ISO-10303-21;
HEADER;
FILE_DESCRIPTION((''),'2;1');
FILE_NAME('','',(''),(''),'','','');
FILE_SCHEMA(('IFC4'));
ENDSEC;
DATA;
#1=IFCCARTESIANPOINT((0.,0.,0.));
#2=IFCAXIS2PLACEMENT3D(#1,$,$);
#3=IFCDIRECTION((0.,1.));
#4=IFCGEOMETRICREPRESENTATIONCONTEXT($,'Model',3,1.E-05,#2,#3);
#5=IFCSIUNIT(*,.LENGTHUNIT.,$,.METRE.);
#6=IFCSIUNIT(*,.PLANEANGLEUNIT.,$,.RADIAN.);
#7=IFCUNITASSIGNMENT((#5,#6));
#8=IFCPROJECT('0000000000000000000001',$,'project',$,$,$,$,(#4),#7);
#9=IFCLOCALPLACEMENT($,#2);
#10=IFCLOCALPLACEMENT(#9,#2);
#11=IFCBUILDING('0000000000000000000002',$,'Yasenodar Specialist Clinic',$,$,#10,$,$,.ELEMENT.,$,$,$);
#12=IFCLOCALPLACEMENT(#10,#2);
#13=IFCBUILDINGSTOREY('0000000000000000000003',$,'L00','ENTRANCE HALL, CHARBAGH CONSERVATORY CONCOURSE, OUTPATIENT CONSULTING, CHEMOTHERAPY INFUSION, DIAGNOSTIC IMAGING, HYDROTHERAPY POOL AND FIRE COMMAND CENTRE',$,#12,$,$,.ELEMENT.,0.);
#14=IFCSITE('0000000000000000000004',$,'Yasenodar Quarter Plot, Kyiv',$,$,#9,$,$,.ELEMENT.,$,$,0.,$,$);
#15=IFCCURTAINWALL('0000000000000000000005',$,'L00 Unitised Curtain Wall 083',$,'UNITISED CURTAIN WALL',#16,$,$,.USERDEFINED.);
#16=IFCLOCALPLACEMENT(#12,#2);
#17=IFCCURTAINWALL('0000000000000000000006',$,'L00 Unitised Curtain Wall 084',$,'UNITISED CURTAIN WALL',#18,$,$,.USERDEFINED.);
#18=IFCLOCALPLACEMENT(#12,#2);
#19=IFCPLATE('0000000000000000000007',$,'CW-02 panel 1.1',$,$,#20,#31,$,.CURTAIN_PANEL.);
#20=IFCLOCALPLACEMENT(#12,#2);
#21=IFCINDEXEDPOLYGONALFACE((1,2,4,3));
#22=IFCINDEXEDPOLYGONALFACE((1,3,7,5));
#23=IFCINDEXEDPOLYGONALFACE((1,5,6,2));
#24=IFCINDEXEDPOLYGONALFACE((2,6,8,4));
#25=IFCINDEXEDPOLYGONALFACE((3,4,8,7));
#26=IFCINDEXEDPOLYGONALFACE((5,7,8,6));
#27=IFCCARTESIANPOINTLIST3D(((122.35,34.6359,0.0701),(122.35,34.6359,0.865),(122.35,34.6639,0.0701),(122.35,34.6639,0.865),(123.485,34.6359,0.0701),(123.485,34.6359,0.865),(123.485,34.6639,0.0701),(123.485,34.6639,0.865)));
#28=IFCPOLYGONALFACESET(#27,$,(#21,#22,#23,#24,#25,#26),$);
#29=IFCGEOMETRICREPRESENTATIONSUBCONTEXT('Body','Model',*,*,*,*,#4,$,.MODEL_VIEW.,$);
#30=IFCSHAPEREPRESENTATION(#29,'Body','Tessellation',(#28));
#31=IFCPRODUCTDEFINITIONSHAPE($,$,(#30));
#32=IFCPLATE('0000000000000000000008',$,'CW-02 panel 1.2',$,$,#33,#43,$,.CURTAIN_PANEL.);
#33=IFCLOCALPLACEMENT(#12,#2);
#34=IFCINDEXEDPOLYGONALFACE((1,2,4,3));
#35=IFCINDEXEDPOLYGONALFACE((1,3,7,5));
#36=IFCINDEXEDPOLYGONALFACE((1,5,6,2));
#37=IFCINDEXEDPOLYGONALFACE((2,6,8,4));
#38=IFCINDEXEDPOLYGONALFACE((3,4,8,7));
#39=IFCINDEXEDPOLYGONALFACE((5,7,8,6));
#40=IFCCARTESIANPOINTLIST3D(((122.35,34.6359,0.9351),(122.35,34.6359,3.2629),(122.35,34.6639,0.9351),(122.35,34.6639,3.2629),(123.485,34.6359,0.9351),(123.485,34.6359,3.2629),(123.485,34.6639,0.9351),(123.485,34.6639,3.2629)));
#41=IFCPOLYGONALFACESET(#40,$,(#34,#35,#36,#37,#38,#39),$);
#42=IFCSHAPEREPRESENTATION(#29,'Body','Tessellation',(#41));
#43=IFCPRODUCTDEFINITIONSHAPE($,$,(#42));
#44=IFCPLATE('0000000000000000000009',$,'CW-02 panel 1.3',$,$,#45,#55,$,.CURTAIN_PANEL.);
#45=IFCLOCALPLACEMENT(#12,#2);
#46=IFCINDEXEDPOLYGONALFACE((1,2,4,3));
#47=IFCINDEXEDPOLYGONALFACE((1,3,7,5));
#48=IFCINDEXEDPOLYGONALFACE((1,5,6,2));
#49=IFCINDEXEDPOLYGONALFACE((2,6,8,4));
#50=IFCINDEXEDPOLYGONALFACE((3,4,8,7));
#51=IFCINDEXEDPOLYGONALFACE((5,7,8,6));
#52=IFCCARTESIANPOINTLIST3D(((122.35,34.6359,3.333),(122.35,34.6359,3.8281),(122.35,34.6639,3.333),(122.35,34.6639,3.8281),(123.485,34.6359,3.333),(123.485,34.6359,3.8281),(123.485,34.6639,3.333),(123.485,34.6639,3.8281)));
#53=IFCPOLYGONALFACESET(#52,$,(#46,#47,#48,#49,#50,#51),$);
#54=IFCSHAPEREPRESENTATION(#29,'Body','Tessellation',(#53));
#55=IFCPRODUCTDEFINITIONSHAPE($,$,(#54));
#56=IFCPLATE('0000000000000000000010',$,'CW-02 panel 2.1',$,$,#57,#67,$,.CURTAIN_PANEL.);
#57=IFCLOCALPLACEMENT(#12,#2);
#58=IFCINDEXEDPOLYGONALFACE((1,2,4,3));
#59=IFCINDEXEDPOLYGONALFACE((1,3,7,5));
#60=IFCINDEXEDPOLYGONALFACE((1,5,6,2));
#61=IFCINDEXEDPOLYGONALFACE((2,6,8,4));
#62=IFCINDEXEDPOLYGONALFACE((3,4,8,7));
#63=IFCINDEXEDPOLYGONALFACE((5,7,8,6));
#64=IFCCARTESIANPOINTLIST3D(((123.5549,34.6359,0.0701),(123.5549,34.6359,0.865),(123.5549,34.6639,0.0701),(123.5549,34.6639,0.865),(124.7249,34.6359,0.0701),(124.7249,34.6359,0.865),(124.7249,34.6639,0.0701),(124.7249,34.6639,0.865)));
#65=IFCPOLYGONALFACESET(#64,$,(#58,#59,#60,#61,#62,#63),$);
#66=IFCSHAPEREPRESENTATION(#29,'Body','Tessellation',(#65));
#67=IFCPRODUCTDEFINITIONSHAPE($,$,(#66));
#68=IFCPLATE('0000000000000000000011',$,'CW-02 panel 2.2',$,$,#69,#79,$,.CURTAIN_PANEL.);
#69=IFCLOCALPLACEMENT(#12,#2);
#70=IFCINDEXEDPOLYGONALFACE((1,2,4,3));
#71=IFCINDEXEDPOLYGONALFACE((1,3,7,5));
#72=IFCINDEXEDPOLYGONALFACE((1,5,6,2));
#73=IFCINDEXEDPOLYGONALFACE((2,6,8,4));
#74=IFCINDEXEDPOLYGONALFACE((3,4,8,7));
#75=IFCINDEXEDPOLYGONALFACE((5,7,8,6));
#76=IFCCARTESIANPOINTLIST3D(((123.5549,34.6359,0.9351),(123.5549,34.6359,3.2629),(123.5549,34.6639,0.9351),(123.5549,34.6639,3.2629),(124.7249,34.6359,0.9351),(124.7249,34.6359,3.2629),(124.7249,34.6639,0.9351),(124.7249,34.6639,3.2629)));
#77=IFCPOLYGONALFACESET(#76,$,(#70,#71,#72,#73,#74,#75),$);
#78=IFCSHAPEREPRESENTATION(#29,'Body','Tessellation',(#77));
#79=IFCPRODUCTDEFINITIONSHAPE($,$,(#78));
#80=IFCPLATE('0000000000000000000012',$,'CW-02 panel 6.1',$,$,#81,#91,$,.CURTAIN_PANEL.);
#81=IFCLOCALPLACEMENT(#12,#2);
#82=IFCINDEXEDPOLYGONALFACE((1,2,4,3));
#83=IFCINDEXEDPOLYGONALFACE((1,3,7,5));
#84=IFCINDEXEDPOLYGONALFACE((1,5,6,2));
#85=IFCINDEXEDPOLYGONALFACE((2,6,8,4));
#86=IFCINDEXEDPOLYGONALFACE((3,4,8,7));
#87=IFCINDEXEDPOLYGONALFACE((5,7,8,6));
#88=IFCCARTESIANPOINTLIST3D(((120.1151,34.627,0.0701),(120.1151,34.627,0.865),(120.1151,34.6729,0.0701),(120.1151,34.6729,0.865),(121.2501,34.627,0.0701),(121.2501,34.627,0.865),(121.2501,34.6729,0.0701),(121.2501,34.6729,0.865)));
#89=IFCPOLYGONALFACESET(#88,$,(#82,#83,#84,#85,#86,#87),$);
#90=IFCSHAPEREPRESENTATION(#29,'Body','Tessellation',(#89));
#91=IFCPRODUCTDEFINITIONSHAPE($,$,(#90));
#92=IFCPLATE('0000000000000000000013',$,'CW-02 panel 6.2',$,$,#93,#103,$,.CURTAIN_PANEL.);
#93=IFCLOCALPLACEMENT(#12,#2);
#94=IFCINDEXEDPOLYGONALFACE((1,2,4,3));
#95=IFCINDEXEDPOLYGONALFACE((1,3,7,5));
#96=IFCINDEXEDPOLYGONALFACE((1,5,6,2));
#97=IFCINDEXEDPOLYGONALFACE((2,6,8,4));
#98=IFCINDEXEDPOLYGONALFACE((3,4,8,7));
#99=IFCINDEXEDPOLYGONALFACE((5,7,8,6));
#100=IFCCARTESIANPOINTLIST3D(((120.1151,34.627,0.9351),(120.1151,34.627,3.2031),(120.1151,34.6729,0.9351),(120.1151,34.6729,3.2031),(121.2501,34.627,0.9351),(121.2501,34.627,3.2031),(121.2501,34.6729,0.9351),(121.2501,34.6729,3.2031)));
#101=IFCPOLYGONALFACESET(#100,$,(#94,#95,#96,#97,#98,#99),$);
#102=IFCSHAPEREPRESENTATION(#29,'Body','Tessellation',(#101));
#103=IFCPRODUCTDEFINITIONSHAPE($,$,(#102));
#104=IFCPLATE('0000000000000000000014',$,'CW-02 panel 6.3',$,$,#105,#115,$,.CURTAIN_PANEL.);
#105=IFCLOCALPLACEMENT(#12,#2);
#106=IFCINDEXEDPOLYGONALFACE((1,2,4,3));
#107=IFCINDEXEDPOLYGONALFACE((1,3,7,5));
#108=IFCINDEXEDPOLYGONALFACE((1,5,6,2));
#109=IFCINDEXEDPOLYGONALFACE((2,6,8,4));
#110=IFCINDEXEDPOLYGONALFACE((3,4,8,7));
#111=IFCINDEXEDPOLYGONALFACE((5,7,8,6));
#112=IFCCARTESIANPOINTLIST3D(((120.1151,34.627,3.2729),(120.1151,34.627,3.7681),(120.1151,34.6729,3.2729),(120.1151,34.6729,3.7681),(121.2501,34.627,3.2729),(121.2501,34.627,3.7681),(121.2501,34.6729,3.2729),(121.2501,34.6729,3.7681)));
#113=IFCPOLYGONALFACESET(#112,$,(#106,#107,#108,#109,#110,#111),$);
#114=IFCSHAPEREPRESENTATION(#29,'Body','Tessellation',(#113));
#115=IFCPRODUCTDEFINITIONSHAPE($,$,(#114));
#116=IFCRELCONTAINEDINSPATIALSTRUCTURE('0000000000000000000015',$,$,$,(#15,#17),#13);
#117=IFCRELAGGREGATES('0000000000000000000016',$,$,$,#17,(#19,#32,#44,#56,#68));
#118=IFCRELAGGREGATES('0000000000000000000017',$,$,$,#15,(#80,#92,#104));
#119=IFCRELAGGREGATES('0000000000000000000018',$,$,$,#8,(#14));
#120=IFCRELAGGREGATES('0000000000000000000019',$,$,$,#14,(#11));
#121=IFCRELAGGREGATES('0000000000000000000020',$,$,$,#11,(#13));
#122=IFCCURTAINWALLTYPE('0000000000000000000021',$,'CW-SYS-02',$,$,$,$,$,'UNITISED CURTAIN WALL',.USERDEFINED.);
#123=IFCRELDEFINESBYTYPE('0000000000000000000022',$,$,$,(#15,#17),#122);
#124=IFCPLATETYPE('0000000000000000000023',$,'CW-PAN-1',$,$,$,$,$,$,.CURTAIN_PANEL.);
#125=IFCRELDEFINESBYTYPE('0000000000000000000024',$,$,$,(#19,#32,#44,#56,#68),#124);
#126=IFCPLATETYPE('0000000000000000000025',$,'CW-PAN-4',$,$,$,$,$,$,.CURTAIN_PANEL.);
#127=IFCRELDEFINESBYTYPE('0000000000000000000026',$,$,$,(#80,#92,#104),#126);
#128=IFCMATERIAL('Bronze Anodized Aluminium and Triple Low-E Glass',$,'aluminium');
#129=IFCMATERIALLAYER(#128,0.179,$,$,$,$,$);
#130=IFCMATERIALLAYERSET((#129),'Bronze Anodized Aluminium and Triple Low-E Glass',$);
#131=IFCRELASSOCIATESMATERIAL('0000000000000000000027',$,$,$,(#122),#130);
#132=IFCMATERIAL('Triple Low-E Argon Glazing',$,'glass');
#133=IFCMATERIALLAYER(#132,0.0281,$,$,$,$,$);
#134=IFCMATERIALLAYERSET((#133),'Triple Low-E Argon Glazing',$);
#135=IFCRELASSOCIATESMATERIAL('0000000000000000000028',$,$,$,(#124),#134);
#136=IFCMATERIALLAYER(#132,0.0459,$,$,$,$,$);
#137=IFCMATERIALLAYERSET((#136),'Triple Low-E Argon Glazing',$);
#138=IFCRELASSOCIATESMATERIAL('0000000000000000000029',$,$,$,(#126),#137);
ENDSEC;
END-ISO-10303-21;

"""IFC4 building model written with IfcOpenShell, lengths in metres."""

from ifc_helpers import new_model, si_unit, direction, frame, origin, origin_2d, place, context, subcontext, project, spatial, rectangle, extrude, material, layer, layer_set, type_object, element, aggregate, save


model = new_model("IFC4")

# Units and contexts
model_context = context("Model", 3, precision=1e-05, world=origin(), true_north=direction((0.0, 1.0)))
body_context = subcontext(model_context, "Body", "Model", "MODEL_VIEW")
ifc_project = project(units=[si_unit("LENGTHUNIT", "METRE"), si_unit("PLANEANGLEUNIT", "RADIAN")], contexts=[model_context])

# Site, building, storey
site_placement = place(None, origin())
site = spatial("IfcSite", under=ifc_project, at=site_placement, Name="Yasenodar Quarter Plot, Kyiv", CompositionType="ELEMENT", RefElevation=0.0)
building_placement = place(site_placement, origin())
building = spatial("IfcBuilding", under=site, at=building_placement, Name="Yasenodar Specialist Clinic", CompositionType="ELEMENT")
storey_placement = place(building_placement, origin())
storey = spatial("IfcBuildingStorey", under=building, at=storey_placement, Name="L00", Description="ENTRANCE HALL, CHARBAGH CONSERVATORY CONCOURSE, OUTPATIENT CONSULTING, CHEMOTHERAPY INFUSION, DIAGNOSTIC IMAGING, HYDROTHERAPY POOL AND FIRE COMMAND CENTRE", CompositionType="ELEMENT", Elevation=0.0)

# Curtain wall
ifc_material_1 = material(Name="Bronze Anodized Aluminium and Triple Low-E Glass", Category="aluminium")
ifc_layer_1 = layer(ifc_material_1, 0.179)
ifc_layer_set_1 = layer_set([ifc_layer_1], Name="Bronze Anodized Aluminium and Triple Low-E Glass")
curtain_wall_type = type_object("IfcCurtainWallType", Name="CW-SYS-02", ElementType="UNITISED CURTAIN WALL", PredefinedType="USERDEFINED", material=ifc_layer_set_1)
curtain_wall_1_placement = place(storey_placement, origin())
curtain_wall_1 = element("IfcCurtainWall", 1, at=curtain_wall_1_placement, inside=storey, type_object=curtain_wall_type, Name="L00 Unitised Curtain Wall 083", ObjectType="UNITISED CURTAIN WALL", PredefinedType="USERDEFINED")

# Curtain wall
curtain_wall_2_placement = place(storey_placement, origin())
curtain_wall_2 = element("IfcCurtainWall", 2, at=curtain_wall_2_placement, inside=storey, type_object=curtain_wall_type, Name="L00 Unitised Curtain Wall 084", ObjectType="UNITISED CURTAIN WALL", PredefinedType="USERDEFINED")

# Plates
ifc_material_2 = material(Name="Triple Low-E Argon Glazing", Category="glass")
ifc_layer_2 = layer(ifc_material_2, 0.0281)
ifc_layer_set_2 = layer_set([ifc_layer_2], Name="Triple Low-E Argon Glazing")
plate_type_1 = type_object("IfcPlateType", Name="CW-PAN-1", PredefinedType="CURTAIN_PANEL", material=ifc_layer_set_2)
plate_1_placement = place(storey_placement, frame((122.9175, 34.6499, 0.0701), z_axis=(0.0, 0.0, 1.0), x_axis=(1.0, 0.0, 0.0)))
plate_1 = element("IfcPlate", 3, at=plate_1_placement, type_object=plate_type_1, Name="CW-02 panel 1.1", PredefinedType="CURTAIN_PANEL", context=body_context, shape_type="SweptSolid", body=[
    extrude(rectangle(XDim=1.135, YDim=0.0281, at=origin_2d()), origin(), (0.0, 0.0, 1.0), 0.7949),
])
plate_2_placement = place(storey_placement, frame((122.9175, 34.6499, 0.9351), z_axis=(0.0, 0.0, 1.0), x_axis=(1.0, 0.0, 0.0)))
plate_2 = element("IfcPlate", 4, at=plate_2_placement, type_object=plate_type_1, Name="CW-02 panel 1.2", PredefinedType="CURTAIN_PANEL", context=body_context, shape_type="SweptSolid", body=[
    extrude(rectangle(XDim=1.135, YDim=0.0281, at=origin_2d()), origin(), (0.0, 0.0, 1.0), 2.3279),
])
plate_3_placement = place(storey_placement, frame((122.9175, 34.6499, 3.333), z_axis=(0.0, 0.0, 1.0), x_axis=(1.0, 0.0, 0.0)))
plate_3 = element("IfcPlate", 5, at=plate_3_placement, type_object=plate_type_1, Name="CW-02 panel 1.3", PredefinedType="CURTAIN_PANEL", context=body_context, shape_type="SweptSolid", body=[
    extrude(rectangle(XDim=1.135, YDim=0.0281, at=origin_2d()), origin(), (0.0, 0.0, 1.0), 0.4951),
])
plate_4_placement = place(storey_placement, frame((124.1399, 34.6499, 0.0701), z_axis=(0.0, 0.0, 1.0), x_axis=(1.0, 0.0, 0.0)))
plate_4 = element("IfcPlate", 6, at=plate_4_placement, type_object=plate_type_1, Name="CW-02 panel 2.1", PredefinedType="CURTAIN_PANEL", context=body_context, shape_type="SweptSolid", body=[
    extrude(rectangle(XDim=1.1699, YDim=0.0281, at=origin_2d()), origin(), (0.0, 0.0, 1.0), 0.7949),
])
plate_5_placement = place(storey_placement, frame((124.1399, 34.6499, 0.9351), z_axis=(0.0, 0.0, 1.0), x_axis=(1.0, 0.0, 0.0)))
plate_5 = element("IfcPlate", 7, at=plate_5_placement, type_object=plate_type_1, Name="CW-02 panel 2.2", PredefinedType="CURTAIN_PANEL", context=body_context, shape_type="SweptSolid", body=[
    extrude(rectangle(XDim=1.1699, YDim=0.0281, at=origin_2d()), origin(), (0.0, 0.0, 1.0), 2.3279),
])
aggregate(curtain_wall_2, [plate_1, plate_2, plate_3, plate_4, plate_5])
ifc_layer_3 = layer(ifc_material_2, 0.0459)
ifc_layer_set_3 = layer_set([ifc_layer_3], Name="Triple Low-E Argon Glazing")
plate_type_2 = type_object("IfcPlateType", Name="CW-PAN-4", PredefinedType="CURTAIN_PANEL", material=ifc_layer_set_3)
plate_6_placement = place(storey_placement, frame((120.6826, 34.6499, 0.0701), z_axis=(0.0, 0.0, 1.0), x_axis=(1.0, 0.0, 0.0)))
plate_6 = element("IfcPlate", 8, at=plate_6_placement, type_object=plate_type_2, Name="CW-02 panel 6.1", PredefinedType="CURTAIN_PANEL", context=body_context, shape_type="SweptSolid", body=[
    extrude(rectangle(XDim=1.135, YDim=0.0459, at=origin_2d()), origin(), (0.0, 0.0, 1.0), 0.7949),
])
plate_7_placement = place(storey_placement, frame((120.6826, 34.6499, 0.9351), z_axis=(0.0, 0.0, 1.0), x_axis=(1.0, 0.0, 0.0)))
plate_7 = element("IfcPlate", 9, at=plate_7_placement, type_object=plate_type_2, Name="CW-02 panel 6.2", PredefinedType="CURTAIN_PANEL", context=body_context, shape_type="SweptSolid", body=[
    extrude(rectangle(XDim=1.135, YDim=0.0459, at=origin_2d()), origin(), (0.0, 0.0, 1.0), 2.2681),
])
plate_8_placement = place(storey_placement, frame((120.6826, 34.6499, 3.2729), z_axis=(0.0, 0.0, 1.0), x_axis=(1.0, 0.0, 0.0)))
plate_8 = element("IfcPlate", 10, at=plate_8_placement, type_object=plate_type_2, Name="CW-02 panel 6.3", PredefinedType="CURTAIN_PANEL", context=body_context, shape_type="SweptSolid", body=[
    extrude(rectangle(XDim=1.135, YDim=0.0459, at=origin_2d()), origin(), (0.0, 0.0, 1.0), 0.4951),
])
aggregate(curtain_wall_1, [plate_6, plate_7, plate_8])

save(model, "model.ifc")
